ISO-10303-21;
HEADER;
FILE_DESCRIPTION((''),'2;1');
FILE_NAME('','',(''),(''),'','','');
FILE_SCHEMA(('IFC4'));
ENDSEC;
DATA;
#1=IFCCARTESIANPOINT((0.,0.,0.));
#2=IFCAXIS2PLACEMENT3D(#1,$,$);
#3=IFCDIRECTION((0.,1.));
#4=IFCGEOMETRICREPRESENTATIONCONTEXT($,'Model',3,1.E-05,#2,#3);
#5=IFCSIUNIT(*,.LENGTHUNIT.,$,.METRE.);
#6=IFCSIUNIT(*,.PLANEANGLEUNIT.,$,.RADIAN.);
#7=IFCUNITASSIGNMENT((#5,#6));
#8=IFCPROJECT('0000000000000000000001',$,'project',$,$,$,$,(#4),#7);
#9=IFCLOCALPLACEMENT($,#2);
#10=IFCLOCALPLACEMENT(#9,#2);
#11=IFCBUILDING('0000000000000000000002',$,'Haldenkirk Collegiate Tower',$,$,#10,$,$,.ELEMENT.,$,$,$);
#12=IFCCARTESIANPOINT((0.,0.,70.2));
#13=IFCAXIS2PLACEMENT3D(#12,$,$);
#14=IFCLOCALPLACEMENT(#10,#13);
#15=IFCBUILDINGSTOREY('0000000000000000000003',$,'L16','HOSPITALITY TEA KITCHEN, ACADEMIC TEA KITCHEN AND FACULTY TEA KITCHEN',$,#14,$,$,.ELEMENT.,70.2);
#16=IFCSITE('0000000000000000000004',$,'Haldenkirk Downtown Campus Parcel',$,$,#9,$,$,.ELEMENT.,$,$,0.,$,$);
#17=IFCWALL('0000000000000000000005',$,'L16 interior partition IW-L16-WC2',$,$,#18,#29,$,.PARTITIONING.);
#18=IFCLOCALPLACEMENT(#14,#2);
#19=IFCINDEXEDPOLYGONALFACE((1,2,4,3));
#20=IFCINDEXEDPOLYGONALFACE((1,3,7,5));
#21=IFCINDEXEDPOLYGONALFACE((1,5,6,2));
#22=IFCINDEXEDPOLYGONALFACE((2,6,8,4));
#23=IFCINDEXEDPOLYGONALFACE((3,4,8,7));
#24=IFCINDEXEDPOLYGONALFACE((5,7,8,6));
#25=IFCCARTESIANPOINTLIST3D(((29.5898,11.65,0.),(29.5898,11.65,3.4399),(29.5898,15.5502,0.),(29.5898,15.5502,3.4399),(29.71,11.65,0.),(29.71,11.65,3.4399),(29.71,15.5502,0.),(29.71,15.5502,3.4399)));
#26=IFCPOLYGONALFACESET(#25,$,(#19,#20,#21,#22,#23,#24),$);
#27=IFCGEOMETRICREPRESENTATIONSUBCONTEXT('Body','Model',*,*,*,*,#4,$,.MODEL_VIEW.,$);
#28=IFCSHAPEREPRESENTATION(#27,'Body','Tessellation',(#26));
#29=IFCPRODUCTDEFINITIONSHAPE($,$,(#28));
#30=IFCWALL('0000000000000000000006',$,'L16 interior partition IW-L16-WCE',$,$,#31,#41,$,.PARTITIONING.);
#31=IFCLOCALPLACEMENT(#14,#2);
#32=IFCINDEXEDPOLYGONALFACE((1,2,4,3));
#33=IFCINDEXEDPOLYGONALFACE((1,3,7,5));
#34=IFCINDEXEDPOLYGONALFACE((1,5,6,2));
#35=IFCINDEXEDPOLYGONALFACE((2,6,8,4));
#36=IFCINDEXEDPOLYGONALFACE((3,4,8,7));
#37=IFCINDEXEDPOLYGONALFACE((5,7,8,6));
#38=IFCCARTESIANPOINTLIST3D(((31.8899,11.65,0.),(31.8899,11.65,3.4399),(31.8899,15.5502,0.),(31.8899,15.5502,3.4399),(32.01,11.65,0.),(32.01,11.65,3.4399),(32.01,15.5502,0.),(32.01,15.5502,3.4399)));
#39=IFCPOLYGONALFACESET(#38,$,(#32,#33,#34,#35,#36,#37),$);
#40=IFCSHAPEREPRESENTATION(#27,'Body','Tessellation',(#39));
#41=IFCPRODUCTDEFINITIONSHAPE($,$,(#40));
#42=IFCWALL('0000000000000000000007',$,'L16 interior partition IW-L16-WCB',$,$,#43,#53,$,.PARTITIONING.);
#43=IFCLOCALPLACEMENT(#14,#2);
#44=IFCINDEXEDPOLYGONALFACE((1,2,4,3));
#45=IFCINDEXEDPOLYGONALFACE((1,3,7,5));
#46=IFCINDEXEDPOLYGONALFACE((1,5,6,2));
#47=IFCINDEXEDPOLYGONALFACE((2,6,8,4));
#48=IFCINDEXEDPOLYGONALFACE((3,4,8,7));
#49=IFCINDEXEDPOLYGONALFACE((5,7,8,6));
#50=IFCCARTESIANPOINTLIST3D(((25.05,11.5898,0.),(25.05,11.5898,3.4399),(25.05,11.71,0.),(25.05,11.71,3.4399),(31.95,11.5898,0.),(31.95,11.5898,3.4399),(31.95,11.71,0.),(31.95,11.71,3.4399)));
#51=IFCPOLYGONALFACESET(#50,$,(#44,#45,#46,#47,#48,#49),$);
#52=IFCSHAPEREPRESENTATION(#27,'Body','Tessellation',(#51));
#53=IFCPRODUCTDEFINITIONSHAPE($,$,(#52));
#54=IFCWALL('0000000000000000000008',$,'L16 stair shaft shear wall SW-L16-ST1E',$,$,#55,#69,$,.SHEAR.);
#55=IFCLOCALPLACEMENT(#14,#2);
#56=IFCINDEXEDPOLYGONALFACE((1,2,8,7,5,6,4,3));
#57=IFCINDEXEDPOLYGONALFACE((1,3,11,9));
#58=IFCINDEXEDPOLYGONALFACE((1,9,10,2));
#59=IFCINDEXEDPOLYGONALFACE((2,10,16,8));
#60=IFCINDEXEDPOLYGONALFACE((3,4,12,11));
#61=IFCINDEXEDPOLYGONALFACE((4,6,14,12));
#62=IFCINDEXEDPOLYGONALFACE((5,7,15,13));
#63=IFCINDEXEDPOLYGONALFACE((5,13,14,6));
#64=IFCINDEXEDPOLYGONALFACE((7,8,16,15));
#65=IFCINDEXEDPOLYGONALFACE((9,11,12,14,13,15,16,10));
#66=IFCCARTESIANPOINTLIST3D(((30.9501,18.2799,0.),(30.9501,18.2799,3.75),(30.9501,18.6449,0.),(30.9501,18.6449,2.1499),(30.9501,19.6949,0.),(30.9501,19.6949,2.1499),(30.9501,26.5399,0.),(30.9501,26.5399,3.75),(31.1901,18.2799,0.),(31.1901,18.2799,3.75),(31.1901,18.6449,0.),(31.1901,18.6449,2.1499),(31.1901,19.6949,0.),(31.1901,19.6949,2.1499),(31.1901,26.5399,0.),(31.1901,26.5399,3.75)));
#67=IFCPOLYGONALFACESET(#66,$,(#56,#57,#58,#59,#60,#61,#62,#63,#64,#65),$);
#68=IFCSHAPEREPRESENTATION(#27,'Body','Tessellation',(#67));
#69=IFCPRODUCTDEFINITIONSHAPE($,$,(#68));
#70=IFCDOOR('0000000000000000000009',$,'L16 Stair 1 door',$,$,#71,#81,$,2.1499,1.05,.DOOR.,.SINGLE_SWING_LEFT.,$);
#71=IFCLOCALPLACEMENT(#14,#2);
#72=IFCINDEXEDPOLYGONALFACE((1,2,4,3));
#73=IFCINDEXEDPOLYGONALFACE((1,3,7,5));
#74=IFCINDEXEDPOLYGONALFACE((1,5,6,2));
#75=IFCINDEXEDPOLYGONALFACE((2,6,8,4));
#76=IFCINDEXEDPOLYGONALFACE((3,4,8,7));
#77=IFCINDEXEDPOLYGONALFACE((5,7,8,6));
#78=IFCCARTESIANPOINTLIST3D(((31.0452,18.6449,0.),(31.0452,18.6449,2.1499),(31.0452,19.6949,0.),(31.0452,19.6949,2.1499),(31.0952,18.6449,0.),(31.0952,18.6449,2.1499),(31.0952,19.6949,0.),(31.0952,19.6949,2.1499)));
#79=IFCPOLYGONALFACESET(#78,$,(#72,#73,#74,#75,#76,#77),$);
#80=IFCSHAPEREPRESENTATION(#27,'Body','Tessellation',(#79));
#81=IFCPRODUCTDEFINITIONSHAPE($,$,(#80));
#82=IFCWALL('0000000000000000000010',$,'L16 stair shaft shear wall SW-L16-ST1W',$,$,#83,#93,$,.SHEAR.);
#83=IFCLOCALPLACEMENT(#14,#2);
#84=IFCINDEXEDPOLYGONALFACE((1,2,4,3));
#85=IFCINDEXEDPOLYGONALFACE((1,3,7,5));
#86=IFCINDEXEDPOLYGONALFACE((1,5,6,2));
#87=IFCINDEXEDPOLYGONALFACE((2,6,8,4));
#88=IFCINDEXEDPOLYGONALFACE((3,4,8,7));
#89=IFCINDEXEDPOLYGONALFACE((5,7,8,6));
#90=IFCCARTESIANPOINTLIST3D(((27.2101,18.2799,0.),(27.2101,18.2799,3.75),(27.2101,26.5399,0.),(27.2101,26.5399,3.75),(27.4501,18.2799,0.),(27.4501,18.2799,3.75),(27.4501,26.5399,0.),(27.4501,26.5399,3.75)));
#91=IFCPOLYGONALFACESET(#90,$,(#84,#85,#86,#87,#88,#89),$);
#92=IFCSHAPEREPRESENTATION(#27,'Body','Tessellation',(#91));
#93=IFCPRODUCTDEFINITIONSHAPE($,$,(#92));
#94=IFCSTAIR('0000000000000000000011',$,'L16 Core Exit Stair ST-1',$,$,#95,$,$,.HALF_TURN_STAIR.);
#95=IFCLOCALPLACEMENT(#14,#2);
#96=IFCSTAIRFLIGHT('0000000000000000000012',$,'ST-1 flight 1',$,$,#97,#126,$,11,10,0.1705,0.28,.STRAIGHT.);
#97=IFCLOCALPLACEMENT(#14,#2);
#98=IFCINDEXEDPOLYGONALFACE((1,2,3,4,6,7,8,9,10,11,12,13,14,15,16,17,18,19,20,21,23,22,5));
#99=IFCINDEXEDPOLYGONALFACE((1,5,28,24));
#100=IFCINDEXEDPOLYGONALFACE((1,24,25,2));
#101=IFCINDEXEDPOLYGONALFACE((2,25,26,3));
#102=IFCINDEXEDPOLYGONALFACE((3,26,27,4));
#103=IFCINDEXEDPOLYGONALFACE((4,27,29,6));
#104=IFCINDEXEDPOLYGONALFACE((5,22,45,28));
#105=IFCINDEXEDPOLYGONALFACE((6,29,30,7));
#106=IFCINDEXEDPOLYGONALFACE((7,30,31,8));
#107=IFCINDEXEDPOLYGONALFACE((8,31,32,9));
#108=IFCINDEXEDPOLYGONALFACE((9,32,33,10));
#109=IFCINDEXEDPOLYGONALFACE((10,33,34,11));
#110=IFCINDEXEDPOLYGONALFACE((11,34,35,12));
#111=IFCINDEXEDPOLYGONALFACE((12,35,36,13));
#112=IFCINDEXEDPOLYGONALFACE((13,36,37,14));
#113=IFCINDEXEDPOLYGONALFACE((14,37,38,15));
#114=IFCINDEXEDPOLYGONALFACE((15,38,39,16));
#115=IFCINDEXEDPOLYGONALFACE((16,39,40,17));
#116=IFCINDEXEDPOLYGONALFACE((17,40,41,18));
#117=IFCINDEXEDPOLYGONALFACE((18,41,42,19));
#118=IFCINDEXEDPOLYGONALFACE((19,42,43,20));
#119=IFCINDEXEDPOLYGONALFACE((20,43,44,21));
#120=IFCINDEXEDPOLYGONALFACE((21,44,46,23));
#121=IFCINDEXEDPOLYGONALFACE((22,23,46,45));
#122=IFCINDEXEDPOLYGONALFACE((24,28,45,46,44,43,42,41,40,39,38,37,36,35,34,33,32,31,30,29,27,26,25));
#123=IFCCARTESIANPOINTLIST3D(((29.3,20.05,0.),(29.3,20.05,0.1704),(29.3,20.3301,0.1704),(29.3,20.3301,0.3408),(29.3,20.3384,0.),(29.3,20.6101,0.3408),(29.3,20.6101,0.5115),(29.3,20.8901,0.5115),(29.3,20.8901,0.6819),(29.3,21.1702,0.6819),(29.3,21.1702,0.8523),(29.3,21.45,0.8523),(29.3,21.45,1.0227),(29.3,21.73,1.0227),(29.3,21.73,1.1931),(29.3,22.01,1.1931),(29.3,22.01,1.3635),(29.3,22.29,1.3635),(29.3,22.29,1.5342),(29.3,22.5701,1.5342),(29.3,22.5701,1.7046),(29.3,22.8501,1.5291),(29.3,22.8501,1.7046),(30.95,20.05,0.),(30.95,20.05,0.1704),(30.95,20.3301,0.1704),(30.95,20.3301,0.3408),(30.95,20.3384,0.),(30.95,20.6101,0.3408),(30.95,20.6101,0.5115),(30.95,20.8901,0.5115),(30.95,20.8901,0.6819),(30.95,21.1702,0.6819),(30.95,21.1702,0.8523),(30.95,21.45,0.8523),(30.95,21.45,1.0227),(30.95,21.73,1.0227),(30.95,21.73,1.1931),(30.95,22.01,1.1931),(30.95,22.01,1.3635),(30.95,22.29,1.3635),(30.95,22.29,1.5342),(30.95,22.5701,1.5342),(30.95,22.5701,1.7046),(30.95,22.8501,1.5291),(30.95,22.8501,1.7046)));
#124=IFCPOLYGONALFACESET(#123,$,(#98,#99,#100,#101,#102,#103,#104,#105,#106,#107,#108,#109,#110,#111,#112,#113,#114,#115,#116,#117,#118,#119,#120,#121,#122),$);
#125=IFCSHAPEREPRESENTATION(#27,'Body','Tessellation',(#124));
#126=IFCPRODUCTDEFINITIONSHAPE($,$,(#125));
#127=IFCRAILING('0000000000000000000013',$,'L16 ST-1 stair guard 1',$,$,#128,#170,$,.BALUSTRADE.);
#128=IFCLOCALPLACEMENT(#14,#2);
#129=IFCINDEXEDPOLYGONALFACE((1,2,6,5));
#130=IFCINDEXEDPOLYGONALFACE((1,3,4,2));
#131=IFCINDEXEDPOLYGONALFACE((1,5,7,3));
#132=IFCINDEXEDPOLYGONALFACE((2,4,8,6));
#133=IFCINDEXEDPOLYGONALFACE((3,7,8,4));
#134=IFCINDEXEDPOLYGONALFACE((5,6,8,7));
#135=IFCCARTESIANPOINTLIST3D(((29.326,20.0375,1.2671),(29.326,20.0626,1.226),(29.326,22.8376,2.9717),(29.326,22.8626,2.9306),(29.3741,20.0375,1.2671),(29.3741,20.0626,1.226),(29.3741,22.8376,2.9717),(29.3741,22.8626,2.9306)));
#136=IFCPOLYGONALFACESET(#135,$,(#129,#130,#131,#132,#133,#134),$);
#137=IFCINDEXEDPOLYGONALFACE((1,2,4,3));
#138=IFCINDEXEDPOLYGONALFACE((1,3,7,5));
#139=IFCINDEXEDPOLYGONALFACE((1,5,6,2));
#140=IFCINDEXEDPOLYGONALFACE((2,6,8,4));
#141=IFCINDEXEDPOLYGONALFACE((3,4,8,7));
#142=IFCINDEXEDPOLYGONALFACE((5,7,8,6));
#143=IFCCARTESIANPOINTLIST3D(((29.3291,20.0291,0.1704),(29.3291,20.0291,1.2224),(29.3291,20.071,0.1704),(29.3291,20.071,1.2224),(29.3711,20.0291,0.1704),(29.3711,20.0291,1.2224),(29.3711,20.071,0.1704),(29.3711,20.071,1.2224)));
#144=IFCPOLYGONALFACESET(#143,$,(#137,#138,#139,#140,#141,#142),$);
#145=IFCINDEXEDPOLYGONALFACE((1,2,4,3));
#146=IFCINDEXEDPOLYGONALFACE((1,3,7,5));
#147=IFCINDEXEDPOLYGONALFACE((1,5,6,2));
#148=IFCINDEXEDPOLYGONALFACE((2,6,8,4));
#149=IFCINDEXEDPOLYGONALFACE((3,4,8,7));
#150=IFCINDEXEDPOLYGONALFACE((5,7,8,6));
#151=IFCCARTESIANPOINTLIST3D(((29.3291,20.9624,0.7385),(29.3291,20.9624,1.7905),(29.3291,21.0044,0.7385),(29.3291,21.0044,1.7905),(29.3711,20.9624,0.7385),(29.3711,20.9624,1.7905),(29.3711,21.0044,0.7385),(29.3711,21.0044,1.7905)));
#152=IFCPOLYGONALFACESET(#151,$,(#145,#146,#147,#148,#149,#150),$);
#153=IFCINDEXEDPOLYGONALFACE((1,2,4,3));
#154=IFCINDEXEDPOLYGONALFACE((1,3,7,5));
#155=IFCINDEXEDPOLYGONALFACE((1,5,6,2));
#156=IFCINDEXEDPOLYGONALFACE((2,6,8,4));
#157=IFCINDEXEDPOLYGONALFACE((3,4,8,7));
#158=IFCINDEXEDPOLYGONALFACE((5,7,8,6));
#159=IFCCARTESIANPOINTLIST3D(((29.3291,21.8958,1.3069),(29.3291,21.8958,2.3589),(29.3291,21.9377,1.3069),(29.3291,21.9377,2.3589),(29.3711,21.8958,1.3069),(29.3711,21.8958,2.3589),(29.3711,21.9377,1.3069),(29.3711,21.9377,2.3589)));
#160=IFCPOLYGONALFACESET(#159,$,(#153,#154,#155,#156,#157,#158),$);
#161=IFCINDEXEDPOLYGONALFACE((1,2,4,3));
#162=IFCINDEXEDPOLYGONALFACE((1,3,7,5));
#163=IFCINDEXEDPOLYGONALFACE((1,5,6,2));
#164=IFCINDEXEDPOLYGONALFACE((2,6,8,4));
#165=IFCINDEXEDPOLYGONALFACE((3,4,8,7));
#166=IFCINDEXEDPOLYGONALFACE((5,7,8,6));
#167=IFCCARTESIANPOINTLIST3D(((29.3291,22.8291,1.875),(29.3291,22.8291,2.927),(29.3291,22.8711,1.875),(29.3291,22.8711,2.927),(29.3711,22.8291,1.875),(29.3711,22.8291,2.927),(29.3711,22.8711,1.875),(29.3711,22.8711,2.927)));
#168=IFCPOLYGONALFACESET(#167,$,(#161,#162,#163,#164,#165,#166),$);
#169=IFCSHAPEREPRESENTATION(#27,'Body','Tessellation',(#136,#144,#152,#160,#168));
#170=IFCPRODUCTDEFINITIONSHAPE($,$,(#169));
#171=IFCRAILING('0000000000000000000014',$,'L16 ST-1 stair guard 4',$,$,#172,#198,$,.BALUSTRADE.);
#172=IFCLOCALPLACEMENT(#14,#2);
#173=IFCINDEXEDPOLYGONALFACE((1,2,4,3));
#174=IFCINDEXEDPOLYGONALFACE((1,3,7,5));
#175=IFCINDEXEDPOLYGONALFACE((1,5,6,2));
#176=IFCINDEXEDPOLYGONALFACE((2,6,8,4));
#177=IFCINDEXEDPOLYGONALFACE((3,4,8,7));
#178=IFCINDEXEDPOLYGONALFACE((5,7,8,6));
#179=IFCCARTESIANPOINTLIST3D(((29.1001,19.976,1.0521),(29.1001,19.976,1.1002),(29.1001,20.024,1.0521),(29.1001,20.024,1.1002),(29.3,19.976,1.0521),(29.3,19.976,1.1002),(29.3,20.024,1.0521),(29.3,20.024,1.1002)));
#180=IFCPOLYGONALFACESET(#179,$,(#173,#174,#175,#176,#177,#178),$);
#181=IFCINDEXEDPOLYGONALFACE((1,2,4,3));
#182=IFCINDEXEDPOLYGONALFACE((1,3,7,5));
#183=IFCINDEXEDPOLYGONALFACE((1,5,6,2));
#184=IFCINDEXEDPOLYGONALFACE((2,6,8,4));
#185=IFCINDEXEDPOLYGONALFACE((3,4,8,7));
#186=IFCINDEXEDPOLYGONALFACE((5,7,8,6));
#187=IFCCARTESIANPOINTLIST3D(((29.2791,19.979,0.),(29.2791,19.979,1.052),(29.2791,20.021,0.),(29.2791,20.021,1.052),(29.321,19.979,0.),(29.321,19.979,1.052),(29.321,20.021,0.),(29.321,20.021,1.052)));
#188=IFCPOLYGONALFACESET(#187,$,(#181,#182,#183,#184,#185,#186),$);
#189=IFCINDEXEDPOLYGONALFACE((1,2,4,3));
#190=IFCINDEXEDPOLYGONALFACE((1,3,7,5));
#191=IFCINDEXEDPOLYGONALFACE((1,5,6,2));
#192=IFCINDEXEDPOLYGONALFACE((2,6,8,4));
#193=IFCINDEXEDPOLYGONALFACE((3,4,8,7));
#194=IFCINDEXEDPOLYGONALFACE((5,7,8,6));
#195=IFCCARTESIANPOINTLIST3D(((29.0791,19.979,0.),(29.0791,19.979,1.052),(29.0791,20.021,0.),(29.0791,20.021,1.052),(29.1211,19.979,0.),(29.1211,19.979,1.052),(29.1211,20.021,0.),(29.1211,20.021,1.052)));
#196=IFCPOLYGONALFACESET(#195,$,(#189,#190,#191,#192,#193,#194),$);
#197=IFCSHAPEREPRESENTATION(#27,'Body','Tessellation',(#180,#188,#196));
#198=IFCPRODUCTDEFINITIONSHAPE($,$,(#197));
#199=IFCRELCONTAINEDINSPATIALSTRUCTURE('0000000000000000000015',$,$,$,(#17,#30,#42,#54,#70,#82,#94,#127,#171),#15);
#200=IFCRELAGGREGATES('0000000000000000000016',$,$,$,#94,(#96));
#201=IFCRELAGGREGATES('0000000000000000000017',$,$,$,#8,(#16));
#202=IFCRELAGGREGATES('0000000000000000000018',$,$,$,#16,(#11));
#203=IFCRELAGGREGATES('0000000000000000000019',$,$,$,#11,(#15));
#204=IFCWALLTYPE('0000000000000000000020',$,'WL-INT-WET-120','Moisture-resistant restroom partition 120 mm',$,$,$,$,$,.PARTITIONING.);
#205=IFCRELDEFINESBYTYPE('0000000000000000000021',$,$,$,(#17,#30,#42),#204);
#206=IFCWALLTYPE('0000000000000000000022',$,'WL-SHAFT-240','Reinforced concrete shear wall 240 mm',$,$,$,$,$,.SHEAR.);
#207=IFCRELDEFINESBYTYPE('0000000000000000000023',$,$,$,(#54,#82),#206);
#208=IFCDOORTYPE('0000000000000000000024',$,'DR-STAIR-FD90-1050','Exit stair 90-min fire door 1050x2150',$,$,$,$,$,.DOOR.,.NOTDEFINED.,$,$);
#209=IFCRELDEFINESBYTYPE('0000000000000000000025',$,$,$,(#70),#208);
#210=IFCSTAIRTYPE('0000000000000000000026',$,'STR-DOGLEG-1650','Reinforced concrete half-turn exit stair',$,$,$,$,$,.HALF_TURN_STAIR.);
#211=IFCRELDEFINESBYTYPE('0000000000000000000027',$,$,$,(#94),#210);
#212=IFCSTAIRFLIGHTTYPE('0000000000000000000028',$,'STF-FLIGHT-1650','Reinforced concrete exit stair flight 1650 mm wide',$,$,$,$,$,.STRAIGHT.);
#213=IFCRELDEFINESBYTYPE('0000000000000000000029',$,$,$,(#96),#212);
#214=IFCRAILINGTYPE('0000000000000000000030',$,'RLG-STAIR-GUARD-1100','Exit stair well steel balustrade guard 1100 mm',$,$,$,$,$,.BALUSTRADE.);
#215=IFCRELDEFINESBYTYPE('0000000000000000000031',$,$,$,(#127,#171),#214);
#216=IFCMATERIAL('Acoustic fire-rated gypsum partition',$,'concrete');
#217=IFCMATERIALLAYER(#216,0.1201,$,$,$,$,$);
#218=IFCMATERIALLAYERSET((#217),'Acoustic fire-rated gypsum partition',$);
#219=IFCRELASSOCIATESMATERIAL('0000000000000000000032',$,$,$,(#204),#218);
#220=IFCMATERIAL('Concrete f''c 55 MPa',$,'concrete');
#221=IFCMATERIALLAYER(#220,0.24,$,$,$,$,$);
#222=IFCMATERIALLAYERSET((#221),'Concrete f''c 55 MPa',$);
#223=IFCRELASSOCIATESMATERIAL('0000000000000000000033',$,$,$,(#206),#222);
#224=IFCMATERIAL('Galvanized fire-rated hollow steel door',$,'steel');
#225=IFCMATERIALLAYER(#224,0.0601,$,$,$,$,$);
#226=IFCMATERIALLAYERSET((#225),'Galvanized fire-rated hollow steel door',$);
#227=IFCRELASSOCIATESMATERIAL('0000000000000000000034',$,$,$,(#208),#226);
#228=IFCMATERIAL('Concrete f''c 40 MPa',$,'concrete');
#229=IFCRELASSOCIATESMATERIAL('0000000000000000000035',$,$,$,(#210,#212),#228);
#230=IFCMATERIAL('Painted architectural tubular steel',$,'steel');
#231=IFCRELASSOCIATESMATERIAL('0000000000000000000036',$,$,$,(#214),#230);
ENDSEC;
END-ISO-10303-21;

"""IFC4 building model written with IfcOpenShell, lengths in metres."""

from ifc_helpers import new_model, si_unit, direction, frame, frame_2d, origin, origin_2d, place, context, subcontext, project, spatial, polyline, rectangle, outline, extrude, material, layer, layer_set, type_object, element, fill, aggregate, save


model = new_model("IFC4")

# Units and contexts
model_context = context("Model", 3, precision=1e-05, world=origin(), true_north=direction((0.0, 1.0)))
body_context = subcontext(model_context, "Body", "Model", "MODEL_VIEW")
ifc_project = project(units=[si_unit("LENGTHUNIT", "METRE"), si_unit("PLANEANGLEUNIT", "RADIAN")], contexts=[model_context])

# Site, building, storey
site_placement = place(None, origin())
site = spatial("IfcSite", under=ifc_project, at=site_placement, Name="Haldenkirk Downtown Campus Parcel", CompositionType="ELEMENT", RefElevation=0.0)
building_placement = place(site_placement, origin())
building = spatial("IfcBuilding", under=site, at=building_placement, Name="Haldenkirk Collegiate Tower", CompositionType="ELEMENT")
storey_placement = place(building_placement, frame((0.0, 0.0, 70.2)))
storey = spatial("IfcBuildingStorey", under=building, at=storey_placement, Name="L16", Description="HOSPITALITY TEA KITCHEN, ACADEMIC TEA KITCHEN AND FACULTY TEA KITCHEN", CompositionType="ELEMENT", Elevation=70.2)

# Shared definitions
ifc_material_1 = material(Name="Galvanized fire-rated hollow steel door", Category="steel")

# Shared definitions
ifc_material_2 = material(Name="Acoustic fire-rated gypsum partition", Category="concrete")

# Walls
ifc_layer_1 = layer(ifc_material_2, 0.1201)
ifc_layer_set_1 = layer_set([ifc_layer_1], Name="Acoustic fire-rated gypsum partition")
wall_type_1 = type_object("IfcWallType", Name="WL-INT-WET-120", Description="Moisture-resistant restroom partition 120 mm", PredefinedType="PARTITIONING", material=ifc_layer_set_1)
for number, where, z_axis, x_axis, name in (
    (1, (29.6499, 11.6499, 0.0), (0.0, 0.0, 1.0), (0.0, 1.0, 0.0), "L16 interior partition IW-L16-WC2"),
    (2, (31.95, 11.6499, 0.0), (0.0, 0.0, 1.0), (0.0, 1.0, 0.0), "L16 interior partition IW-L16-WCE"),
):
    element("IfcWall", number, at=place(storey_placement, frame(where, z_axis=z_axis, x_axis=x_axis)), inside=storey, type_object=wall_type_1, Name=name, PredefinedType="PARTITIONING", context=body_context, shape_type="SweptSolid", body=[
        extrude(rectangle(XDim=3.9001, YDim=0.1201, at=frame_2d((1.9502, 0.0))), origin(), (0.0, 0.0, 1.0), 3.4399),
    ])
wall_1_placement = place(storey_placement, frame((25.05, 11.6499, 0.0), z_axis=(0.0, 0.0, 1.0), x_axis=(1.0, 0.0, 0.0)))
element("IfcWall", 3, at=wall_1_placement, inside=storey, type_object=wall_type_1, Name="L16 interior partition IW-L16-WCB", PredefinedType="PARTITIONING", context=body_context, shape_type="SweptSolid", body=[
    extrude(rectangle(XDim=6.8999, YDim=0.1201, at=frame_2d((3.45, 0.0))), origin(), (0.0, 0.0, 1.0), 3.4399),
])

# Wall, opening, door
ifc_material_3 = material(Name="Concrete f'c 55 MPa", Category="concrete")
ifc_layer_2 = layer(ifc_material_3, 0.24)
ifc_layer_set_2 = layer_set([ifc_layer_2], Name="Concrete f'c 55 MPa")
wall_type_2 = type_object("IfcWallType", Name="WL-SHAFT-240", Description="Reinforced concrete shear wall 240 mm", PredefinedType="SHEAR", material=ifc_layer_set_2)
wall_2_placement = place(storey_placement, frame((31.0701, 18.28, 0.0), z_axis=(0.0, 0.0, 1.0), x_axis=(0.0, 1.0, 0.0)))
wall_2 = element("IfcWall", 4, at=wall_2_placement, inside=storey, type_object=wall_type_2, Name="L16 stair shaft shear wall SW-L16-ST1E", PredefinedType="SHEAR", context=body_context, shape_type="SweptSolid", body=[
    extrude(rectangle(XDim=8.26, YDim=0.24, at=frame_2d((4.1299, 0.0))), origin(), (0.0, 0.0, 1.0), 3.75),
])
opening_1_placement = place(wall_2_placement, frame((0.365, 0.0, 0.0)))
opening_1 = element("IfcOpeningElement", 5, at=opening_1_placement, cuts=wall_2, PredefinedType="OPENING", context=body_context, shape_type="SweptSolid", body=[
    extrude(rectangle(XDim=1.05, YDim=2.1499, at=frame_2d((0.5249, 1.075))), frame((0.0, 0.1299, 0.0), z_axis=(0.0, -1.0, 0.0), x_axis=(1.0, 0.0, 0.0)), (0.0, 0.0, 1.0), 0.26),
])
ifc_layer_3 = layer(ifc_material_1, 0.0601)
ifc_layer_set_3 = layer_set([ifc_layer_3], Name="Galvanized fire-rated hollow steel door")
door_type_1 = type_object("IfcDoorType", Name="DR-STAIR-FD90-1050", Description="Exit stair 90-min fire door 1050x2150", OperationType="NOTDEFINED", PredefinedType="DOOR", material=ifc_layer_set_3)
door_1_placement = place(opening_1_placement, origin())
door_1 = element("IfcDoor", 6, at=door_1_placement, inside=storey, type_object=door_type_1, Name="L16 Stair 1 door", OperationType="SINGLE_SWING_LEFT", OverallHeight=2.1499, OverallWidth=1.05, PredefinedType="DOOR", context=body_context, shape_type="SweptSolid", body=[
    extrude(rectangle(XDim=1.05, YDim=2.1499, at=frame_2d((0.5249, 1.075))), frame((0.0, 0.0249, 0.0), z_axis=(0.0, -1.0, 0.0), x_axis=(1.0, 0.0, 0.0)), (0.0, 0.0, 1.0), 0.05),
])
fill(opening_1, door_1)

# Wall
wall_3_placement = place(storey_placement, frame((27.3301, 18.28, 0.0), z_axis=(0.0, 0.0, 1.0), x_axis=(0.0, 1.0, 0.0)))
element("IfcWall", 7, at=wall_3_placement, inside=storey, type_object=wall_type_2, Name="L16 stair shaft shear wall SW-L16-ST1W", PredefinedType="SHEAR", context=body_context, shape_type="SweptSolid", body=[
    extrude(rectangle(XDim=8.26, YDim=0.24, at=frame_2d((4.1299, 0.0))), origin(), (0.0, 0.0, 1.0), 3.75),
])

# Stair, stair flight
ifc_material_4 = material(Name="Concrete f'c 40 MPa", Category="concrete")
stair_type = type_object("IfcStairType", Name="STR-DOGLEG-1650", Description="Reinforced concrete half-turn exit stair", PredefinedType="HALF_TURN_STAIR", material=ifc_material_4)
stair_placement = place(storey_placement, origin())
stair = element("IfcStair", 8, at=stair_placement, inside=storey, type_object=stair_type, Name="L16 Core Exit Stair ST-1", PredefinedType="HALF_TURN_STAIR")
stair_flight_type = type_object("IfcStairFlightType", Name="STF-FLIGHT-1650", Description="Reinforced concrete exit stair flight 1650 mm wide", PredefinedType="STRAIGHT", material=ifc_material_4)
stair_flight_placement = place(storey_placement, frame((30.125, 20.05, 0.0), z_axis=(0.0, 0.0, 1.0), x_axis=(0.0, 1.0, 0.0)))
stair_flight = element("IfcStairFlight", 9, at=stair_flight_placement, type_object=stair_flight_type, Name="ST-1 flight 1", NumberOfRisers=11, NumberOfTreads=10, PredefinedType="STRAIGHT", RiserHeight=0.1705, TreadLength=0.28, context=body_context, shape_type="SweptSolid", body=[
    extrude(outline(polyline([(0.0, 0.0), (0.0, 0.1704), (0.28, 0.1704), (0.28, 0.3408), (0.5601, 0.3408), (0.5601, 0.5115), (0.8401, 0.5115), (0.8401, 0.6819), (1.1201, 0.6819), (1.1201, 0.8523), (1.3999, 0.8523), (1.3999, 1.0227), (1.6799, 1.0227), (1.6799, 1.1931), (1.96, 1.1931), (1.96, 1.3635), (2.24, 1.3635), (2.24, 1.5342), (2.52, 1.5342), (2.52, 1.7046), (2.8, 1.7046), (2.8, 1.875), (2.8, 1.5291), (0.2883, 0.0), (0.0, 0.0)])), frame((0.0, 0.825, 0.0), z_axis=(0.0, -1.0, 0.0), x_axis=(1.0, 0.0, 0.0)), (0.0, 0.0, 1.0), 1.6499),
])
aggregate(stair, [stair_flight])

# Railings
ifc_material_5 = material(Name="Painted architectural tubular steel", Category="steel")
railing_type_1 = type_object("IfcRailingType", Name="RLG-STAIR-GUARD-1100", Description="Exit stair well steel balustrade guard 1100 mm", PredefinedType="BALUSTRADE", material=ifc_material_5)
railing_1_placement = place(storey_placement, frame((29.3501, 20.05, 0.1704)))
element("IfcRailing", 10, at=railing_1_placement, inside=storey, type_object=railing_type_1, Name="L16 ST-1 stair guard 1", PredefinedType="BALUSTRADE", context=body_context, shape_type="SweptSolid", body=[
    extrude(rectangle(XDim=0.0481, YDim=0.0481, at=origin_2d()), frame((0.0, 0.0, 1.0762), z_axis=(0.0, 0.85417, 0.519994), x_axis=(-1.0, 0.0, 0.0)), (0.0, 0.0, 1.0), 3.2781),
    extrude(rectangle(XDim=0.042, YDim=0.042, at=origin_2d()), origin(), (0.0, 0.0, 1.0), 1.052),
    extrude(rectangle(XDim=0.042, YDim=0.042, at=origin_2d()), frame((0.0, 0.9333, 0.5681)), (0.0, 0.0, 1.0), 1.052),
    extrude(rectangle(XDim=0.042, YDim=0.042, at=origin_2d()), frame((0.0, 1.8667, 1.1365)), (0.0, 0.0, 1.0), 1.052),
    extrude(rectangle(XDim=0.042, YDim=0.042, at=origin_2d()), frame((0.0, 2.8, 1.7046)), (0.0, 0.0, 1.0), 1.052),
])
railing_2_placement = place(storey_placement, frame((29.3, 20.0, 0.0)))
element("IfcRailing", 11, at=railing_2_placement, inside=storey, type_object=railing_type_1, Name="L16 ST-1 stair guard 4", PredefinedType="BALUSTRADE", context=body_context, shape_type="SweptSolid", body=[
    extrude(rectangle(XDim=0.0481, YDim=0.0481, at=origin_2d()), frame((0.0, 0.0, 1.0762), z_axis=(-1.0, 0.0, 0.0), x_axis=(0.0, -1.0, 0.0)), (0.0, 0.0, 1.0), 0.2),
    extrude(rectangle(XDim=0.042, YDim=0.042, at=origin_2d()), origin(), (0.0, 0.0, 1.0), 1.052),
    extrude(rectangle(XDim=0.042, YDim=0.042, at=origin_2d()), frame((-0.2, 0.0, 0.0)), (0.0, 0.0, 1.0), 1.052),
])

save(model, "model.ifc")
